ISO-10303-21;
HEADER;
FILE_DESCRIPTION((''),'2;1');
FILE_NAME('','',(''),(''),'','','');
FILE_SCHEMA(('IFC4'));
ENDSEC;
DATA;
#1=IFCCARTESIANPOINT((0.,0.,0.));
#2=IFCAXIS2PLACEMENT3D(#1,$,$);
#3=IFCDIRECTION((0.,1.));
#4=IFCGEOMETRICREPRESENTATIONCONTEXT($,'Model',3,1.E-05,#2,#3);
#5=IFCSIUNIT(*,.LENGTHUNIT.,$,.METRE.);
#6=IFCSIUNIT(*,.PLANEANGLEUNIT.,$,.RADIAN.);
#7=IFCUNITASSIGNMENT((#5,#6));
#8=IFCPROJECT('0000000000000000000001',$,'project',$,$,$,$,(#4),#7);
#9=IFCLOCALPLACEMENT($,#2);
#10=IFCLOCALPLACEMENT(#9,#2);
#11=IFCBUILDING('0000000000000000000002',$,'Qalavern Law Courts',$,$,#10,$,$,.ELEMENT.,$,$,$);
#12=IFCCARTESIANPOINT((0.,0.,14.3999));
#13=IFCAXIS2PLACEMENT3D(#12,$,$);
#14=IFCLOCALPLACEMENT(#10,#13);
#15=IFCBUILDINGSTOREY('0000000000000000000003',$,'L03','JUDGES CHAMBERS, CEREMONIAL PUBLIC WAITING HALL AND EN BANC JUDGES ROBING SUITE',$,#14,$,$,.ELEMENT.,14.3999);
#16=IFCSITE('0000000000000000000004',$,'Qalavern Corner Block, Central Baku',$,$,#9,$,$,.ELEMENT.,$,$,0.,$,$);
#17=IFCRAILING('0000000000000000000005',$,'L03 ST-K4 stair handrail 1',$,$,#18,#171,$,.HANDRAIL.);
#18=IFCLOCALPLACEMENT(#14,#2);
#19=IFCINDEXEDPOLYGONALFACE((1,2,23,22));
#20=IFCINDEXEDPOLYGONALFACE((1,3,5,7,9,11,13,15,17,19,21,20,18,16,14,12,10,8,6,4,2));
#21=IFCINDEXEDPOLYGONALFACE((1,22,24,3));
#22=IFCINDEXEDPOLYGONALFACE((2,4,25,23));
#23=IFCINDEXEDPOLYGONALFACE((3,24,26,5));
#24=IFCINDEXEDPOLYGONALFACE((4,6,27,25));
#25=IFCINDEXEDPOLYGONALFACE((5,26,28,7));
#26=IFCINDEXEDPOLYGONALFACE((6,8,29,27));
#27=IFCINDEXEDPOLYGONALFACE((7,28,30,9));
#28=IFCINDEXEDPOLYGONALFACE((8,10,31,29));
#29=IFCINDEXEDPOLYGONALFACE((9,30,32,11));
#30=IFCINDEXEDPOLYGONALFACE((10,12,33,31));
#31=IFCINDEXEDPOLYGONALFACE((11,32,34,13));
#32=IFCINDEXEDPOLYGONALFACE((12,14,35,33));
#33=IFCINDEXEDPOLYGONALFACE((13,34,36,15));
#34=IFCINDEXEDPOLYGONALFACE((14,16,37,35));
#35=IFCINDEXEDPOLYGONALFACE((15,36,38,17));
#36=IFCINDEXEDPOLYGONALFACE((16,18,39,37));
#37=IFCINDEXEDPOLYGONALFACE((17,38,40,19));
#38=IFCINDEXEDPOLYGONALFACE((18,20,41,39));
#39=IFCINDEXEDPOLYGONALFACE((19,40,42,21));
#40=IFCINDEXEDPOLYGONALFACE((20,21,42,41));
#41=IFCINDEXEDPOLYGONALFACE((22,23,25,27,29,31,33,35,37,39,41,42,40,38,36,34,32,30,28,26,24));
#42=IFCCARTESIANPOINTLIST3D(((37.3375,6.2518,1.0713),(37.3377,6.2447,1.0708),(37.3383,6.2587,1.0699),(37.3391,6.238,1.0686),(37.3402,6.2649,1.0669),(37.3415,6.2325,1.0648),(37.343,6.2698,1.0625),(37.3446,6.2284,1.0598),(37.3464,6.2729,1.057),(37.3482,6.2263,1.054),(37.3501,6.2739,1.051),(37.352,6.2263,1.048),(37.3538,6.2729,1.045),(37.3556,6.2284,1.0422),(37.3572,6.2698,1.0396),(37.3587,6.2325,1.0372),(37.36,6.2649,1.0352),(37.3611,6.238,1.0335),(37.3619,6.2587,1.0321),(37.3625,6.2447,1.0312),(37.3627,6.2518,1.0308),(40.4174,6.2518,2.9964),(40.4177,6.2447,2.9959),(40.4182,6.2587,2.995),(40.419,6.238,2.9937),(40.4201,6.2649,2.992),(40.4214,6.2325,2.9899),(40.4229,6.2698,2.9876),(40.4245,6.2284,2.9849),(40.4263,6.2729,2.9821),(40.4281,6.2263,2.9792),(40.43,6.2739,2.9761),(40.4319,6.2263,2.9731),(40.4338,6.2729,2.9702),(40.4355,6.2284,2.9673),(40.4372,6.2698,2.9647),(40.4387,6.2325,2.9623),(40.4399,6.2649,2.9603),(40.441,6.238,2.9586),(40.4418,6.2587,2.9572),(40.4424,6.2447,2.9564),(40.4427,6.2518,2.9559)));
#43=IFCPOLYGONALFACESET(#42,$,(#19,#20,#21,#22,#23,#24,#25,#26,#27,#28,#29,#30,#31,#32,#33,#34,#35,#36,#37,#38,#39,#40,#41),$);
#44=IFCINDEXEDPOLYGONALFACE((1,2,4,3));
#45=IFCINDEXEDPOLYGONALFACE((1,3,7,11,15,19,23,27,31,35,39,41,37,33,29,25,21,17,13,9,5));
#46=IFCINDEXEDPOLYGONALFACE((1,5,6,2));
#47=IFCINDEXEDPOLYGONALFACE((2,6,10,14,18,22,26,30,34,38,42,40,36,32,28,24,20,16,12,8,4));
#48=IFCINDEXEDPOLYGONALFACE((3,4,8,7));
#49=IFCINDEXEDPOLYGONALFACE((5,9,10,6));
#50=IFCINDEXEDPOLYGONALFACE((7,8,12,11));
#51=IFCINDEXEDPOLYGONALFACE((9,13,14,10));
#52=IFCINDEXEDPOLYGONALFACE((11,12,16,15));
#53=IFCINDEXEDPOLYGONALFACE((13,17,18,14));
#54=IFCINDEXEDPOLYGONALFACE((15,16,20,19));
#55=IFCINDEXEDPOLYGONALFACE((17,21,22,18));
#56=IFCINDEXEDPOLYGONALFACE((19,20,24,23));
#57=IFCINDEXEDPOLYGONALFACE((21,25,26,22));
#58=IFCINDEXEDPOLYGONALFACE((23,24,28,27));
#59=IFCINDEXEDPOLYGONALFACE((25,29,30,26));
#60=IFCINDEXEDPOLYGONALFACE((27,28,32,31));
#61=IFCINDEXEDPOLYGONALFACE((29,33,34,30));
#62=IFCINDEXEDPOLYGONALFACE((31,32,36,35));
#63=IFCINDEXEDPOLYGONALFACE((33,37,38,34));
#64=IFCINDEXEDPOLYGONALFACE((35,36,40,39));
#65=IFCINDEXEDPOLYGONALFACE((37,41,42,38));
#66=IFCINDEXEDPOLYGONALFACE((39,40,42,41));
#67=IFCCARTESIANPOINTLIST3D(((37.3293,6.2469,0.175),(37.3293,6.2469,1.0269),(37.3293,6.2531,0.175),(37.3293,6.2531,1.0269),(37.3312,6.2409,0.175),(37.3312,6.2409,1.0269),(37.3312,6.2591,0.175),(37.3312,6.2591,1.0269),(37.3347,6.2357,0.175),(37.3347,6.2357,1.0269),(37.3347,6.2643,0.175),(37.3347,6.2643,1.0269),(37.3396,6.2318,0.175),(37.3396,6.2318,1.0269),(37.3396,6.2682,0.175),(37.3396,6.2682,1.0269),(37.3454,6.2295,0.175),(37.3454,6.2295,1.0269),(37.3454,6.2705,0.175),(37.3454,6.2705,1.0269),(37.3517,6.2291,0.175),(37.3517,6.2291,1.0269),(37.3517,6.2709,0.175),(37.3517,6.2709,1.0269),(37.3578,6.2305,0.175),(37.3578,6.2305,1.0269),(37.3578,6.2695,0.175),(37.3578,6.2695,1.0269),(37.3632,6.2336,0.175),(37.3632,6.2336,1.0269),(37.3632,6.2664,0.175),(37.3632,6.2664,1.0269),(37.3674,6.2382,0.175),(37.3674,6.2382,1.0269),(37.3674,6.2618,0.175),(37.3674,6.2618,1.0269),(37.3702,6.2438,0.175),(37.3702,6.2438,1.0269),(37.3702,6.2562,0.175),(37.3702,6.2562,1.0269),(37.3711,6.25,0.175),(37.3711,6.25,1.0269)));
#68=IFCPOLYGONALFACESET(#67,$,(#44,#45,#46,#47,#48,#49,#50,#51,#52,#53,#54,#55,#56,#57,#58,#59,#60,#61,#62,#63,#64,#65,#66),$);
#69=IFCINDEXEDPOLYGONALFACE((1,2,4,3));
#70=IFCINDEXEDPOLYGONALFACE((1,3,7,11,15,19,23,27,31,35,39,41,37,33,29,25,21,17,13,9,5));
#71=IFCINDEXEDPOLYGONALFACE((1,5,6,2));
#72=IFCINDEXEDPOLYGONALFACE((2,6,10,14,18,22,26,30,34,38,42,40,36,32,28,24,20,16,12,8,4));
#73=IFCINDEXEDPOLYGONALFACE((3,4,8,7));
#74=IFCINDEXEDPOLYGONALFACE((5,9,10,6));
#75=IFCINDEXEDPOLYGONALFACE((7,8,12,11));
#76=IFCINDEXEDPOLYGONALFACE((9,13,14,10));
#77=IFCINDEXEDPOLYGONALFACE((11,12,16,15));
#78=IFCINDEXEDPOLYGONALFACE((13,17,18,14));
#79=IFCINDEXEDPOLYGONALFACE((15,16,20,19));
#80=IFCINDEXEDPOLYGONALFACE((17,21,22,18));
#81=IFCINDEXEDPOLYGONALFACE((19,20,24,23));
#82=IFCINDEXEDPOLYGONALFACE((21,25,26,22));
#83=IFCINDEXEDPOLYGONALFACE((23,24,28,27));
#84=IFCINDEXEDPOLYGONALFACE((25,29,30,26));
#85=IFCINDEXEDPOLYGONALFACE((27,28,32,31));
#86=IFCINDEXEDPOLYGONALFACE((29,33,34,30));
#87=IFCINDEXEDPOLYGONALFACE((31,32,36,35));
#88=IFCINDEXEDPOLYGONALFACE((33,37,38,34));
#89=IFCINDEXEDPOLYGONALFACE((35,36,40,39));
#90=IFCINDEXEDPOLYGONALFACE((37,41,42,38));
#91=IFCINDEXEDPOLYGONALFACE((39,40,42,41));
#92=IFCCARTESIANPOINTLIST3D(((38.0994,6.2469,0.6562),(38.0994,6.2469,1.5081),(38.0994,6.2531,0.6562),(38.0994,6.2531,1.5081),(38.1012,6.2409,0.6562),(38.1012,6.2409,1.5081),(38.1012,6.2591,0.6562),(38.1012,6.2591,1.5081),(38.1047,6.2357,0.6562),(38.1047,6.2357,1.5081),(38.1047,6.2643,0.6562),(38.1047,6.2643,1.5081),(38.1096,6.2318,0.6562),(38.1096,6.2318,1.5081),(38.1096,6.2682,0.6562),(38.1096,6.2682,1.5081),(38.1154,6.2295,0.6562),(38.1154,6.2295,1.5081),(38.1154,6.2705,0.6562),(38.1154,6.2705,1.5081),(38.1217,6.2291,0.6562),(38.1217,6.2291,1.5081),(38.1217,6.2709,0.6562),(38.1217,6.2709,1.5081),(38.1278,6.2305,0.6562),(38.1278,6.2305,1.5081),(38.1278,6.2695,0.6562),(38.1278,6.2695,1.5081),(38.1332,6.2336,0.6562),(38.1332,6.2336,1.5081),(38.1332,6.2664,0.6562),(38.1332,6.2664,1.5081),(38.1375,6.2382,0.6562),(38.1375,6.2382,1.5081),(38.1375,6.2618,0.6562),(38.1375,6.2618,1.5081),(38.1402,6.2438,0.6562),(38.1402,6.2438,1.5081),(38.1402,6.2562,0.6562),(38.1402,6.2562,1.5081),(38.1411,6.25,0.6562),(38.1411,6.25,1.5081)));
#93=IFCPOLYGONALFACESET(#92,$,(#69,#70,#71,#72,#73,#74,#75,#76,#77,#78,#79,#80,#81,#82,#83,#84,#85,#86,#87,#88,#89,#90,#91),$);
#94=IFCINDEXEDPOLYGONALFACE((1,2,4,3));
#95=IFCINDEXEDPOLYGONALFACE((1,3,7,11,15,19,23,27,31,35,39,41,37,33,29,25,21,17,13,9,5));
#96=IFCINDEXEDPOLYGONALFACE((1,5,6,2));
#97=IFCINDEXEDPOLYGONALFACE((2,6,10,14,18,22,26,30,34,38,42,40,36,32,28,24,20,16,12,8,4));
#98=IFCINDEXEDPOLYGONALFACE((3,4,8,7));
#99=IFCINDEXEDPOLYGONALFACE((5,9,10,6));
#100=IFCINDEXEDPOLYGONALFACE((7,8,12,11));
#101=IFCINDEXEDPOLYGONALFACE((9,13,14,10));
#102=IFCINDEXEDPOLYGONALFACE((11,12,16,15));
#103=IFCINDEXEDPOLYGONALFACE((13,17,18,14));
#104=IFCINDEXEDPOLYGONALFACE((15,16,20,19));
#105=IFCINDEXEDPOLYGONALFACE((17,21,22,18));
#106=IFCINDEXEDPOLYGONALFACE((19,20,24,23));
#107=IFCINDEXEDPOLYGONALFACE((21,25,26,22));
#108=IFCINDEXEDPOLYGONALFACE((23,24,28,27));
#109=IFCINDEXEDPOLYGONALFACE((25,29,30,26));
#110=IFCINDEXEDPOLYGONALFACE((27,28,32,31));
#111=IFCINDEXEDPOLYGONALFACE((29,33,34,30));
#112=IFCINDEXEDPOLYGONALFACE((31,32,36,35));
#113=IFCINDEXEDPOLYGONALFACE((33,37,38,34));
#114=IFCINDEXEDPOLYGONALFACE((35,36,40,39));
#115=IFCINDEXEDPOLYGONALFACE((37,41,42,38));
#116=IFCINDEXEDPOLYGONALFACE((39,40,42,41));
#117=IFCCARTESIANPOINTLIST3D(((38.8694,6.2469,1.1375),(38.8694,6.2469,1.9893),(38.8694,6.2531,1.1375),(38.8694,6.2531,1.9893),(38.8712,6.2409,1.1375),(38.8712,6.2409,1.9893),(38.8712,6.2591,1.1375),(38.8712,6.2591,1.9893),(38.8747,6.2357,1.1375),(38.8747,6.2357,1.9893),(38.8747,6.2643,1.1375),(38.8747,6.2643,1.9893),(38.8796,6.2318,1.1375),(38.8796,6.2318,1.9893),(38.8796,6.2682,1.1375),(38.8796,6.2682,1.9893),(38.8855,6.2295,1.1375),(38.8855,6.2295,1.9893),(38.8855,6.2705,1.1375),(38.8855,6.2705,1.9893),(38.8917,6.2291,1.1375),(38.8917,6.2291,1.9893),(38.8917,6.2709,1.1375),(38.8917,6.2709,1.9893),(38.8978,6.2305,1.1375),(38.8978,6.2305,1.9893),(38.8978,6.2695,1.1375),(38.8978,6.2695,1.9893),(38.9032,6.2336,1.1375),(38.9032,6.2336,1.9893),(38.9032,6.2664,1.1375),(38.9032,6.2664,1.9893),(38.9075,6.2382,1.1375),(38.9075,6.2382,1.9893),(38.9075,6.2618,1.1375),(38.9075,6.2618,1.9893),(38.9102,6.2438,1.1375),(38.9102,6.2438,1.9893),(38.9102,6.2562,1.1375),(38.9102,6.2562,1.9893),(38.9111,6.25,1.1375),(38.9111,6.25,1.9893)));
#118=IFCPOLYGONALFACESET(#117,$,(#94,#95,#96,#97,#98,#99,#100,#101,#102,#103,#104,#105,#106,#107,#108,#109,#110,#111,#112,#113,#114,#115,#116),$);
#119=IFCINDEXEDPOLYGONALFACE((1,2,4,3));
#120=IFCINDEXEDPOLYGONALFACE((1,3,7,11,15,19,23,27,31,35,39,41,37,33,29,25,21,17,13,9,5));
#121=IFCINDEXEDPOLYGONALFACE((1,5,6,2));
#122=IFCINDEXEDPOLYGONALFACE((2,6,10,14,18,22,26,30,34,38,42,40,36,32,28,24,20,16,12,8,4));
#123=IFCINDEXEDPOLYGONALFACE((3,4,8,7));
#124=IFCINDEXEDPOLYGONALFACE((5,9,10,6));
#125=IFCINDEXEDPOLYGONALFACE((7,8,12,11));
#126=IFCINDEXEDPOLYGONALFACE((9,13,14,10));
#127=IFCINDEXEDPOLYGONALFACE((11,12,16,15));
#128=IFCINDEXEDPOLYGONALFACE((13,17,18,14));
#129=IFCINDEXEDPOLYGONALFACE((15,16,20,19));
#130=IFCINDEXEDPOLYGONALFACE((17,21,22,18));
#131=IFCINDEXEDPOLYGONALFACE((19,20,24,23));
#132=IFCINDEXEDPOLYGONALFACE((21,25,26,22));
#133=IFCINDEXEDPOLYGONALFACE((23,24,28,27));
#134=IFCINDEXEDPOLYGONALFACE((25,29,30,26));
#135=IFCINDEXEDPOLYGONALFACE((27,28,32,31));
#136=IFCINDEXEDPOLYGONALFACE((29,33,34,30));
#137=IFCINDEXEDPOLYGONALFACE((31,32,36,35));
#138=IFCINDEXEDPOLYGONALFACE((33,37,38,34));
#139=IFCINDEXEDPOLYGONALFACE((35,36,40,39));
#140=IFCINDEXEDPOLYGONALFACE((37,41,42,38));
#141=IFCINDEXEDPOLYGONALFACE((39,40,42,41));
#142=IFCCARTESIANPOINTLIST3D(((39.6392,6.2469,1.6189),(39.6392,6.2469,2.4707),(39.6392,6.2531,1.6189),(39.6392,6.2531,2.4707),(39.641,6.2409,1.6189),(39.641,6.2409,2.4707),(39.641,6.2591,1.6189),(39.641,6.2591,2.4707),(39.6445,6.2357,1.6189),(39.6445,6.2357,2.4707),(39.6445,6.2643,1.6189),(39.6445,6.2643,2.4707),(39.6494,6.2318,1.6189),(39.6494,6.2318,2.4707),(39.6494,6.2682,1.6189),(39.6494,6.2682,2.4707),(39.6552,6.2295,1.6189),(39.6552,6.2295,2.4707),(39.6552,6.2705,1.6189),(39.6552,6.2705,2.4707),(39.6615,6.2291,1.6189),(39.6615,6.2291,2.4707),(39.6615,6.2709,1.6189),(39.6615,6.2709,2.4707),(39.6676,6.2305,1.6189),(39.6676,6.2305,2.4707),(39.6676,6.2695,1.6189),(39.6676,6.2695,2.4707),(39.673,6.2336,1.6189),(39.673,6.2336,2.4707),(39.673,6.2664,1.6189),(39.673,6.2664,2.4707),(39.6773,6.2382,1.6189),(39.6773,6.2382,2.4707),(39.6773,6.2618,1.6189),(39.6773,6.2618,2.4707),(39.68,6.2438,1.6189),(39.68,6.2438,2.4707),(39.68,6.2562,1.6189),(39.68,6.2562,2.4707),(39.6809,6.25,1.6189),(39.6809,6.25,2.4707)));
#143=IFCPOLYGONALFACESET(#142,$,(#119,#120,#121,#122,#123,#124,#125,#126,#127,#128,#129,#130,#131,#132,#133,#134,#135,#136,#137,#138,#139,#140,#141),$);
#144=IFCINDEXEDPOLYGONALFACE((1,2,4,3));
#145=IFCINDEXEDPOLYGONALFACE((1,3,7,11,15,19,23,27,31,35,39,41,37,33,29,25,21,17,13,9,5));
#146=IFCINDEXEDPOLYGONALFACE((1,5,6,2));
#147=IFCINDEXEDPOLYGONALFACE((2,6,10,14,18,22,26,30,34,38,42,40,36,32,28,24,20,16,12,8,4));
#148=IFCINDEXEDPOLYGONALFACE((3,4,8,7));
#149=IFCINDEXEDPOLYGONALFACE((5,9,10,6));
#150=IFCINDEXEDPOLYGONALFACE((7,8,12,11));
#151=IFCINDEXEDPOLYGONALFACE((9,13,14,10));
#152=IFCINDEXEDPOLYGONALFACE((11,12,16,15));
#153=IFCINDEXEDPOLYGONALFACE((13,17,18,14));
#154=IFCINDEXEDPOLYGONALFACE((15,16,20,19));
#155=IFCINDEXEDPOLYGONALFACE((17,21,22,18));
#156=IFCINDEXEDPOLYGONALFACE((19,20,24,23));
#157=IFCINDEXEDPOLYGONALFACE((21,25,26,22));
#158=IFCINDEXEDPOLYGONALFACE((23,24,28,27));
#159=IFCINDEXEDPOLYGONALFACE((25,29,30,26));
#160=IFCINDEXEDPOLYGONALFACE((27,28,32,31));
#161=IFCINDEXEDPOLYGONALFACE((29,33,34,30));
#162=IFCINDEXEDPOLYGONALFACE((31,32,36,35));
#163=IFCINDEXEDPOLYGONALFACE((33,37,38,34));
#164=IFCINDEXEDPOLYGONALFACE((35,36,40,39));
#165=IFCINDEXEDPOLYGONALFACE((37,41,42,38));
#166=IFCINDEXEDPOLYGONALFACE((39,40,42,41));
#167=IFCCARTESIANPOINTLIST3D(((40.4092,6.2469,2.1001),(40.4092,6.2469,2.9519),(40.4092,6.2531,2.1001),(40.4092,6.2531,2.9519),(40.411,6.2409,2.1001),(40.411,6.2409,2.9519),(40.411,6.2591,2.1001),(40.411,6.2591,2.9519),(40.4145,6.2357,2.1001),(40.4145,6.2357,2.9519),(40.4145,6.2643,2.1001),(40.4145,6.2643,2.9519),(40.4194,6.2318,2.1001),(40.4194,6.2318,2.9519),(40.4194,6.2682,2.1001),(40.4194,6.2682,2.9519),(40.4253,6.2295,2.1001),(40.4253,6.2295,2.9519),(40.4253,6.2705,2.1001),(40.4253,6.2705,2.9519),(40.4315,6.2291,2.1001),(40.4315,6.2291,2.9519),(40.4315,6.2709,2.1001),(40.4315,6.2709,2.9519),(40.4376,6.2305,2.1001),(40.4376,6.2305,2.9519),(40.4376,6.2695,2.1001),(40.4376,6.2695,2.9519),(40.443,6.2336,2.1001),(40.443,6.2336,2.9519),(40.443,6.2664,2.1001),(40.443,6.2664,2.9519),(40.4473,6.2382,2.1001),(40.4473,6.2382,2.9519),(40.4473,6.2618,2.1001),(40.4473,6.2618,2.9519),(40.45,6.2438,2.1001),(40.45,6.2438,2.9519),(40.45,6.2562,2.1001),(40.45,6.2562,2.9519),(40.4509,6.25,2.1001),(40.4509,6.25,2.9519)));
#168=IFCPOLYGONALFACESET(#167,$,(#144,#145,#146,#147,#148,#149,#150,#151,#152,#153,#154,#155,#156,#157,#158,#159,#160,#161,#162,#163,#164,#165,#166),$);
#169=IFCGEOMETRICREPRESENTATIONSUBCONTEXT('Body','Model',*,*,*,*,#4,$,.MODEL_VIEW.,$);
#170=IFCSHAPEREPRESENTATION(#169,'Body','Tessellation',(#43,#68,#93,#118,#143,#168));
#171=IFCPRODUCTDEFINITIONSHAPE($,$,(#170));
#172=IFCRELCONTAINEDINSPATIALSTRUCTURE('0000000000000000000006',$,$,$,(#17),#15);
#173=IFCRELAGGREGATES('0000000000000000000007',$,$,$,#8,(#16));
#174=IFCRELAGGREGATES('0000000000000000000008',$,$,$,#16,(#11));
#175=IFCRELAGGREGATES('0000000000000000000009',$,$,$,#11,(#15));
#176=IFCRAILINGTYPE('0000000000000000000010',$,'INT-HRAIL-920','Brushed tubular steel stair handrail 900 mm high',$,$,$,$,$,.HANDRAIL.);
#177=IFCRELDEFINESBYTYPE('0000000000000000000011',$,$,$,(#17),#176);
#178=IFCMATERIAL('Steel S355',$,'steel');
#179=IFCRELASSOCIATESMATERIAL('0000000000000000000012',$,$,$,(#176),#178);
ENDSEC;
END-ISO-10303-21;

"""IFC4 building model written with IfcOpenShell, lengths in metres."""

from ifc_helpers import new_model, si_unit, direction, frame, origin, origin_2d, place, context, subcontext, project, spatial, circle, extrude, material, type_object, element, save


model = new_model("IFC4")

# Units and contexts
model_context = context("Model", 3, precision=1e-05, world=origin(), true_north=direction((0.0, 1.0)))
body_context = subcontext(model_context, "Body", "Model", "MODEL_VIEW")
ifc_project = project(units=[si_unit("LENGTHUNIT", "METRE"), si_unit("PLANEANGLEUNIT", "RADIAN")], contexts=[model_context])

# Site, building, storey
site_placement = place(None, origin())
site = spatial("IfcSite", under=ifc_project, at=site_placement, Name="Qalavern Corner Block, Central Baku", CompositionType="ELEMENT", RefElevation=0.0)
building_placement = place(site_placement, origin())
building = spatial("IfcBuilding", under=site, at=building_placement, Name="Qalavern Law Courts", CompositionType="ELEMENT")
storey_placement = place(building_placement, frame((0.0, 0.0, 14.3999)))
storey = spatial("IfcBuildingStorey", under=building, at=storey_placement, Name="L03", Description="JUDGES CHAMBERS, CEREMONIAL PUBLIC WAITING HALL AND EN BANC JUDGES ROBING SUITE", CompositionType="ELEMENT", Elevation=14.3999)

# Shared definitions
ifc_material_1 = material(Name="Steel S355", Category="steel")

# Railing
railing_type_1 = type_object("IfcRailingType", Name="INT-HRAIL-920", Description="Brushed tubular steel stair handrail 900 mm high", PredefinedType="HANDRAIL", material=ifc_material_1)
railing_1_placement = place(storey_placement, frame((37.3501, 6.25, 0.175)))
element("IfcRailing", 1, at=railing_1_placement, inside=storey, type_object=railing_type_1, Name="L03 ST-K4 stair handrail 1", PredefinedType="HANDRAIL", context=body_context, shape_type="SweptSolid", body=[
    extrude(circle(Radius=0.0239, at=origin_2d()), frame((0.0, 0.0, 0.876), z_axis=(0.847979, 0.0, 0.530029), x_axis=(0.0, 1.0, 0.0)), (0.0, 0.0, 1.0), 3.6321),
    extrude(circle(Radius=0.021, at=origin_2d()), origin(), (0.0, 0.0, 1.0), 0.8518),
    extrude(circle(Radius=0.021, at=origin_2d()), frame((0.77, 0.0, 0.4812)), (0.0, 0.0, 1.0), 0.8518),
    extrude(circle(Radius=0.021, at=origin_2d()), frame((1.54, 0.0, 0.9624)), (0.0, 0.0, 1.0), 0.8518),
    extrude(circle(Radius=0.021, at=origin_2d()), frame((2.3098, 0.0, 1.4438)), (0.0, 0.0, 1.0), 0.8518),
    extrude(circle(Radius=0.021, at=origin_2d()), frame((3.0798, 0.0, 1.925)), (0.0, 0.0, 1.0), 0.8518),
])

save(model, "model.ifc")
